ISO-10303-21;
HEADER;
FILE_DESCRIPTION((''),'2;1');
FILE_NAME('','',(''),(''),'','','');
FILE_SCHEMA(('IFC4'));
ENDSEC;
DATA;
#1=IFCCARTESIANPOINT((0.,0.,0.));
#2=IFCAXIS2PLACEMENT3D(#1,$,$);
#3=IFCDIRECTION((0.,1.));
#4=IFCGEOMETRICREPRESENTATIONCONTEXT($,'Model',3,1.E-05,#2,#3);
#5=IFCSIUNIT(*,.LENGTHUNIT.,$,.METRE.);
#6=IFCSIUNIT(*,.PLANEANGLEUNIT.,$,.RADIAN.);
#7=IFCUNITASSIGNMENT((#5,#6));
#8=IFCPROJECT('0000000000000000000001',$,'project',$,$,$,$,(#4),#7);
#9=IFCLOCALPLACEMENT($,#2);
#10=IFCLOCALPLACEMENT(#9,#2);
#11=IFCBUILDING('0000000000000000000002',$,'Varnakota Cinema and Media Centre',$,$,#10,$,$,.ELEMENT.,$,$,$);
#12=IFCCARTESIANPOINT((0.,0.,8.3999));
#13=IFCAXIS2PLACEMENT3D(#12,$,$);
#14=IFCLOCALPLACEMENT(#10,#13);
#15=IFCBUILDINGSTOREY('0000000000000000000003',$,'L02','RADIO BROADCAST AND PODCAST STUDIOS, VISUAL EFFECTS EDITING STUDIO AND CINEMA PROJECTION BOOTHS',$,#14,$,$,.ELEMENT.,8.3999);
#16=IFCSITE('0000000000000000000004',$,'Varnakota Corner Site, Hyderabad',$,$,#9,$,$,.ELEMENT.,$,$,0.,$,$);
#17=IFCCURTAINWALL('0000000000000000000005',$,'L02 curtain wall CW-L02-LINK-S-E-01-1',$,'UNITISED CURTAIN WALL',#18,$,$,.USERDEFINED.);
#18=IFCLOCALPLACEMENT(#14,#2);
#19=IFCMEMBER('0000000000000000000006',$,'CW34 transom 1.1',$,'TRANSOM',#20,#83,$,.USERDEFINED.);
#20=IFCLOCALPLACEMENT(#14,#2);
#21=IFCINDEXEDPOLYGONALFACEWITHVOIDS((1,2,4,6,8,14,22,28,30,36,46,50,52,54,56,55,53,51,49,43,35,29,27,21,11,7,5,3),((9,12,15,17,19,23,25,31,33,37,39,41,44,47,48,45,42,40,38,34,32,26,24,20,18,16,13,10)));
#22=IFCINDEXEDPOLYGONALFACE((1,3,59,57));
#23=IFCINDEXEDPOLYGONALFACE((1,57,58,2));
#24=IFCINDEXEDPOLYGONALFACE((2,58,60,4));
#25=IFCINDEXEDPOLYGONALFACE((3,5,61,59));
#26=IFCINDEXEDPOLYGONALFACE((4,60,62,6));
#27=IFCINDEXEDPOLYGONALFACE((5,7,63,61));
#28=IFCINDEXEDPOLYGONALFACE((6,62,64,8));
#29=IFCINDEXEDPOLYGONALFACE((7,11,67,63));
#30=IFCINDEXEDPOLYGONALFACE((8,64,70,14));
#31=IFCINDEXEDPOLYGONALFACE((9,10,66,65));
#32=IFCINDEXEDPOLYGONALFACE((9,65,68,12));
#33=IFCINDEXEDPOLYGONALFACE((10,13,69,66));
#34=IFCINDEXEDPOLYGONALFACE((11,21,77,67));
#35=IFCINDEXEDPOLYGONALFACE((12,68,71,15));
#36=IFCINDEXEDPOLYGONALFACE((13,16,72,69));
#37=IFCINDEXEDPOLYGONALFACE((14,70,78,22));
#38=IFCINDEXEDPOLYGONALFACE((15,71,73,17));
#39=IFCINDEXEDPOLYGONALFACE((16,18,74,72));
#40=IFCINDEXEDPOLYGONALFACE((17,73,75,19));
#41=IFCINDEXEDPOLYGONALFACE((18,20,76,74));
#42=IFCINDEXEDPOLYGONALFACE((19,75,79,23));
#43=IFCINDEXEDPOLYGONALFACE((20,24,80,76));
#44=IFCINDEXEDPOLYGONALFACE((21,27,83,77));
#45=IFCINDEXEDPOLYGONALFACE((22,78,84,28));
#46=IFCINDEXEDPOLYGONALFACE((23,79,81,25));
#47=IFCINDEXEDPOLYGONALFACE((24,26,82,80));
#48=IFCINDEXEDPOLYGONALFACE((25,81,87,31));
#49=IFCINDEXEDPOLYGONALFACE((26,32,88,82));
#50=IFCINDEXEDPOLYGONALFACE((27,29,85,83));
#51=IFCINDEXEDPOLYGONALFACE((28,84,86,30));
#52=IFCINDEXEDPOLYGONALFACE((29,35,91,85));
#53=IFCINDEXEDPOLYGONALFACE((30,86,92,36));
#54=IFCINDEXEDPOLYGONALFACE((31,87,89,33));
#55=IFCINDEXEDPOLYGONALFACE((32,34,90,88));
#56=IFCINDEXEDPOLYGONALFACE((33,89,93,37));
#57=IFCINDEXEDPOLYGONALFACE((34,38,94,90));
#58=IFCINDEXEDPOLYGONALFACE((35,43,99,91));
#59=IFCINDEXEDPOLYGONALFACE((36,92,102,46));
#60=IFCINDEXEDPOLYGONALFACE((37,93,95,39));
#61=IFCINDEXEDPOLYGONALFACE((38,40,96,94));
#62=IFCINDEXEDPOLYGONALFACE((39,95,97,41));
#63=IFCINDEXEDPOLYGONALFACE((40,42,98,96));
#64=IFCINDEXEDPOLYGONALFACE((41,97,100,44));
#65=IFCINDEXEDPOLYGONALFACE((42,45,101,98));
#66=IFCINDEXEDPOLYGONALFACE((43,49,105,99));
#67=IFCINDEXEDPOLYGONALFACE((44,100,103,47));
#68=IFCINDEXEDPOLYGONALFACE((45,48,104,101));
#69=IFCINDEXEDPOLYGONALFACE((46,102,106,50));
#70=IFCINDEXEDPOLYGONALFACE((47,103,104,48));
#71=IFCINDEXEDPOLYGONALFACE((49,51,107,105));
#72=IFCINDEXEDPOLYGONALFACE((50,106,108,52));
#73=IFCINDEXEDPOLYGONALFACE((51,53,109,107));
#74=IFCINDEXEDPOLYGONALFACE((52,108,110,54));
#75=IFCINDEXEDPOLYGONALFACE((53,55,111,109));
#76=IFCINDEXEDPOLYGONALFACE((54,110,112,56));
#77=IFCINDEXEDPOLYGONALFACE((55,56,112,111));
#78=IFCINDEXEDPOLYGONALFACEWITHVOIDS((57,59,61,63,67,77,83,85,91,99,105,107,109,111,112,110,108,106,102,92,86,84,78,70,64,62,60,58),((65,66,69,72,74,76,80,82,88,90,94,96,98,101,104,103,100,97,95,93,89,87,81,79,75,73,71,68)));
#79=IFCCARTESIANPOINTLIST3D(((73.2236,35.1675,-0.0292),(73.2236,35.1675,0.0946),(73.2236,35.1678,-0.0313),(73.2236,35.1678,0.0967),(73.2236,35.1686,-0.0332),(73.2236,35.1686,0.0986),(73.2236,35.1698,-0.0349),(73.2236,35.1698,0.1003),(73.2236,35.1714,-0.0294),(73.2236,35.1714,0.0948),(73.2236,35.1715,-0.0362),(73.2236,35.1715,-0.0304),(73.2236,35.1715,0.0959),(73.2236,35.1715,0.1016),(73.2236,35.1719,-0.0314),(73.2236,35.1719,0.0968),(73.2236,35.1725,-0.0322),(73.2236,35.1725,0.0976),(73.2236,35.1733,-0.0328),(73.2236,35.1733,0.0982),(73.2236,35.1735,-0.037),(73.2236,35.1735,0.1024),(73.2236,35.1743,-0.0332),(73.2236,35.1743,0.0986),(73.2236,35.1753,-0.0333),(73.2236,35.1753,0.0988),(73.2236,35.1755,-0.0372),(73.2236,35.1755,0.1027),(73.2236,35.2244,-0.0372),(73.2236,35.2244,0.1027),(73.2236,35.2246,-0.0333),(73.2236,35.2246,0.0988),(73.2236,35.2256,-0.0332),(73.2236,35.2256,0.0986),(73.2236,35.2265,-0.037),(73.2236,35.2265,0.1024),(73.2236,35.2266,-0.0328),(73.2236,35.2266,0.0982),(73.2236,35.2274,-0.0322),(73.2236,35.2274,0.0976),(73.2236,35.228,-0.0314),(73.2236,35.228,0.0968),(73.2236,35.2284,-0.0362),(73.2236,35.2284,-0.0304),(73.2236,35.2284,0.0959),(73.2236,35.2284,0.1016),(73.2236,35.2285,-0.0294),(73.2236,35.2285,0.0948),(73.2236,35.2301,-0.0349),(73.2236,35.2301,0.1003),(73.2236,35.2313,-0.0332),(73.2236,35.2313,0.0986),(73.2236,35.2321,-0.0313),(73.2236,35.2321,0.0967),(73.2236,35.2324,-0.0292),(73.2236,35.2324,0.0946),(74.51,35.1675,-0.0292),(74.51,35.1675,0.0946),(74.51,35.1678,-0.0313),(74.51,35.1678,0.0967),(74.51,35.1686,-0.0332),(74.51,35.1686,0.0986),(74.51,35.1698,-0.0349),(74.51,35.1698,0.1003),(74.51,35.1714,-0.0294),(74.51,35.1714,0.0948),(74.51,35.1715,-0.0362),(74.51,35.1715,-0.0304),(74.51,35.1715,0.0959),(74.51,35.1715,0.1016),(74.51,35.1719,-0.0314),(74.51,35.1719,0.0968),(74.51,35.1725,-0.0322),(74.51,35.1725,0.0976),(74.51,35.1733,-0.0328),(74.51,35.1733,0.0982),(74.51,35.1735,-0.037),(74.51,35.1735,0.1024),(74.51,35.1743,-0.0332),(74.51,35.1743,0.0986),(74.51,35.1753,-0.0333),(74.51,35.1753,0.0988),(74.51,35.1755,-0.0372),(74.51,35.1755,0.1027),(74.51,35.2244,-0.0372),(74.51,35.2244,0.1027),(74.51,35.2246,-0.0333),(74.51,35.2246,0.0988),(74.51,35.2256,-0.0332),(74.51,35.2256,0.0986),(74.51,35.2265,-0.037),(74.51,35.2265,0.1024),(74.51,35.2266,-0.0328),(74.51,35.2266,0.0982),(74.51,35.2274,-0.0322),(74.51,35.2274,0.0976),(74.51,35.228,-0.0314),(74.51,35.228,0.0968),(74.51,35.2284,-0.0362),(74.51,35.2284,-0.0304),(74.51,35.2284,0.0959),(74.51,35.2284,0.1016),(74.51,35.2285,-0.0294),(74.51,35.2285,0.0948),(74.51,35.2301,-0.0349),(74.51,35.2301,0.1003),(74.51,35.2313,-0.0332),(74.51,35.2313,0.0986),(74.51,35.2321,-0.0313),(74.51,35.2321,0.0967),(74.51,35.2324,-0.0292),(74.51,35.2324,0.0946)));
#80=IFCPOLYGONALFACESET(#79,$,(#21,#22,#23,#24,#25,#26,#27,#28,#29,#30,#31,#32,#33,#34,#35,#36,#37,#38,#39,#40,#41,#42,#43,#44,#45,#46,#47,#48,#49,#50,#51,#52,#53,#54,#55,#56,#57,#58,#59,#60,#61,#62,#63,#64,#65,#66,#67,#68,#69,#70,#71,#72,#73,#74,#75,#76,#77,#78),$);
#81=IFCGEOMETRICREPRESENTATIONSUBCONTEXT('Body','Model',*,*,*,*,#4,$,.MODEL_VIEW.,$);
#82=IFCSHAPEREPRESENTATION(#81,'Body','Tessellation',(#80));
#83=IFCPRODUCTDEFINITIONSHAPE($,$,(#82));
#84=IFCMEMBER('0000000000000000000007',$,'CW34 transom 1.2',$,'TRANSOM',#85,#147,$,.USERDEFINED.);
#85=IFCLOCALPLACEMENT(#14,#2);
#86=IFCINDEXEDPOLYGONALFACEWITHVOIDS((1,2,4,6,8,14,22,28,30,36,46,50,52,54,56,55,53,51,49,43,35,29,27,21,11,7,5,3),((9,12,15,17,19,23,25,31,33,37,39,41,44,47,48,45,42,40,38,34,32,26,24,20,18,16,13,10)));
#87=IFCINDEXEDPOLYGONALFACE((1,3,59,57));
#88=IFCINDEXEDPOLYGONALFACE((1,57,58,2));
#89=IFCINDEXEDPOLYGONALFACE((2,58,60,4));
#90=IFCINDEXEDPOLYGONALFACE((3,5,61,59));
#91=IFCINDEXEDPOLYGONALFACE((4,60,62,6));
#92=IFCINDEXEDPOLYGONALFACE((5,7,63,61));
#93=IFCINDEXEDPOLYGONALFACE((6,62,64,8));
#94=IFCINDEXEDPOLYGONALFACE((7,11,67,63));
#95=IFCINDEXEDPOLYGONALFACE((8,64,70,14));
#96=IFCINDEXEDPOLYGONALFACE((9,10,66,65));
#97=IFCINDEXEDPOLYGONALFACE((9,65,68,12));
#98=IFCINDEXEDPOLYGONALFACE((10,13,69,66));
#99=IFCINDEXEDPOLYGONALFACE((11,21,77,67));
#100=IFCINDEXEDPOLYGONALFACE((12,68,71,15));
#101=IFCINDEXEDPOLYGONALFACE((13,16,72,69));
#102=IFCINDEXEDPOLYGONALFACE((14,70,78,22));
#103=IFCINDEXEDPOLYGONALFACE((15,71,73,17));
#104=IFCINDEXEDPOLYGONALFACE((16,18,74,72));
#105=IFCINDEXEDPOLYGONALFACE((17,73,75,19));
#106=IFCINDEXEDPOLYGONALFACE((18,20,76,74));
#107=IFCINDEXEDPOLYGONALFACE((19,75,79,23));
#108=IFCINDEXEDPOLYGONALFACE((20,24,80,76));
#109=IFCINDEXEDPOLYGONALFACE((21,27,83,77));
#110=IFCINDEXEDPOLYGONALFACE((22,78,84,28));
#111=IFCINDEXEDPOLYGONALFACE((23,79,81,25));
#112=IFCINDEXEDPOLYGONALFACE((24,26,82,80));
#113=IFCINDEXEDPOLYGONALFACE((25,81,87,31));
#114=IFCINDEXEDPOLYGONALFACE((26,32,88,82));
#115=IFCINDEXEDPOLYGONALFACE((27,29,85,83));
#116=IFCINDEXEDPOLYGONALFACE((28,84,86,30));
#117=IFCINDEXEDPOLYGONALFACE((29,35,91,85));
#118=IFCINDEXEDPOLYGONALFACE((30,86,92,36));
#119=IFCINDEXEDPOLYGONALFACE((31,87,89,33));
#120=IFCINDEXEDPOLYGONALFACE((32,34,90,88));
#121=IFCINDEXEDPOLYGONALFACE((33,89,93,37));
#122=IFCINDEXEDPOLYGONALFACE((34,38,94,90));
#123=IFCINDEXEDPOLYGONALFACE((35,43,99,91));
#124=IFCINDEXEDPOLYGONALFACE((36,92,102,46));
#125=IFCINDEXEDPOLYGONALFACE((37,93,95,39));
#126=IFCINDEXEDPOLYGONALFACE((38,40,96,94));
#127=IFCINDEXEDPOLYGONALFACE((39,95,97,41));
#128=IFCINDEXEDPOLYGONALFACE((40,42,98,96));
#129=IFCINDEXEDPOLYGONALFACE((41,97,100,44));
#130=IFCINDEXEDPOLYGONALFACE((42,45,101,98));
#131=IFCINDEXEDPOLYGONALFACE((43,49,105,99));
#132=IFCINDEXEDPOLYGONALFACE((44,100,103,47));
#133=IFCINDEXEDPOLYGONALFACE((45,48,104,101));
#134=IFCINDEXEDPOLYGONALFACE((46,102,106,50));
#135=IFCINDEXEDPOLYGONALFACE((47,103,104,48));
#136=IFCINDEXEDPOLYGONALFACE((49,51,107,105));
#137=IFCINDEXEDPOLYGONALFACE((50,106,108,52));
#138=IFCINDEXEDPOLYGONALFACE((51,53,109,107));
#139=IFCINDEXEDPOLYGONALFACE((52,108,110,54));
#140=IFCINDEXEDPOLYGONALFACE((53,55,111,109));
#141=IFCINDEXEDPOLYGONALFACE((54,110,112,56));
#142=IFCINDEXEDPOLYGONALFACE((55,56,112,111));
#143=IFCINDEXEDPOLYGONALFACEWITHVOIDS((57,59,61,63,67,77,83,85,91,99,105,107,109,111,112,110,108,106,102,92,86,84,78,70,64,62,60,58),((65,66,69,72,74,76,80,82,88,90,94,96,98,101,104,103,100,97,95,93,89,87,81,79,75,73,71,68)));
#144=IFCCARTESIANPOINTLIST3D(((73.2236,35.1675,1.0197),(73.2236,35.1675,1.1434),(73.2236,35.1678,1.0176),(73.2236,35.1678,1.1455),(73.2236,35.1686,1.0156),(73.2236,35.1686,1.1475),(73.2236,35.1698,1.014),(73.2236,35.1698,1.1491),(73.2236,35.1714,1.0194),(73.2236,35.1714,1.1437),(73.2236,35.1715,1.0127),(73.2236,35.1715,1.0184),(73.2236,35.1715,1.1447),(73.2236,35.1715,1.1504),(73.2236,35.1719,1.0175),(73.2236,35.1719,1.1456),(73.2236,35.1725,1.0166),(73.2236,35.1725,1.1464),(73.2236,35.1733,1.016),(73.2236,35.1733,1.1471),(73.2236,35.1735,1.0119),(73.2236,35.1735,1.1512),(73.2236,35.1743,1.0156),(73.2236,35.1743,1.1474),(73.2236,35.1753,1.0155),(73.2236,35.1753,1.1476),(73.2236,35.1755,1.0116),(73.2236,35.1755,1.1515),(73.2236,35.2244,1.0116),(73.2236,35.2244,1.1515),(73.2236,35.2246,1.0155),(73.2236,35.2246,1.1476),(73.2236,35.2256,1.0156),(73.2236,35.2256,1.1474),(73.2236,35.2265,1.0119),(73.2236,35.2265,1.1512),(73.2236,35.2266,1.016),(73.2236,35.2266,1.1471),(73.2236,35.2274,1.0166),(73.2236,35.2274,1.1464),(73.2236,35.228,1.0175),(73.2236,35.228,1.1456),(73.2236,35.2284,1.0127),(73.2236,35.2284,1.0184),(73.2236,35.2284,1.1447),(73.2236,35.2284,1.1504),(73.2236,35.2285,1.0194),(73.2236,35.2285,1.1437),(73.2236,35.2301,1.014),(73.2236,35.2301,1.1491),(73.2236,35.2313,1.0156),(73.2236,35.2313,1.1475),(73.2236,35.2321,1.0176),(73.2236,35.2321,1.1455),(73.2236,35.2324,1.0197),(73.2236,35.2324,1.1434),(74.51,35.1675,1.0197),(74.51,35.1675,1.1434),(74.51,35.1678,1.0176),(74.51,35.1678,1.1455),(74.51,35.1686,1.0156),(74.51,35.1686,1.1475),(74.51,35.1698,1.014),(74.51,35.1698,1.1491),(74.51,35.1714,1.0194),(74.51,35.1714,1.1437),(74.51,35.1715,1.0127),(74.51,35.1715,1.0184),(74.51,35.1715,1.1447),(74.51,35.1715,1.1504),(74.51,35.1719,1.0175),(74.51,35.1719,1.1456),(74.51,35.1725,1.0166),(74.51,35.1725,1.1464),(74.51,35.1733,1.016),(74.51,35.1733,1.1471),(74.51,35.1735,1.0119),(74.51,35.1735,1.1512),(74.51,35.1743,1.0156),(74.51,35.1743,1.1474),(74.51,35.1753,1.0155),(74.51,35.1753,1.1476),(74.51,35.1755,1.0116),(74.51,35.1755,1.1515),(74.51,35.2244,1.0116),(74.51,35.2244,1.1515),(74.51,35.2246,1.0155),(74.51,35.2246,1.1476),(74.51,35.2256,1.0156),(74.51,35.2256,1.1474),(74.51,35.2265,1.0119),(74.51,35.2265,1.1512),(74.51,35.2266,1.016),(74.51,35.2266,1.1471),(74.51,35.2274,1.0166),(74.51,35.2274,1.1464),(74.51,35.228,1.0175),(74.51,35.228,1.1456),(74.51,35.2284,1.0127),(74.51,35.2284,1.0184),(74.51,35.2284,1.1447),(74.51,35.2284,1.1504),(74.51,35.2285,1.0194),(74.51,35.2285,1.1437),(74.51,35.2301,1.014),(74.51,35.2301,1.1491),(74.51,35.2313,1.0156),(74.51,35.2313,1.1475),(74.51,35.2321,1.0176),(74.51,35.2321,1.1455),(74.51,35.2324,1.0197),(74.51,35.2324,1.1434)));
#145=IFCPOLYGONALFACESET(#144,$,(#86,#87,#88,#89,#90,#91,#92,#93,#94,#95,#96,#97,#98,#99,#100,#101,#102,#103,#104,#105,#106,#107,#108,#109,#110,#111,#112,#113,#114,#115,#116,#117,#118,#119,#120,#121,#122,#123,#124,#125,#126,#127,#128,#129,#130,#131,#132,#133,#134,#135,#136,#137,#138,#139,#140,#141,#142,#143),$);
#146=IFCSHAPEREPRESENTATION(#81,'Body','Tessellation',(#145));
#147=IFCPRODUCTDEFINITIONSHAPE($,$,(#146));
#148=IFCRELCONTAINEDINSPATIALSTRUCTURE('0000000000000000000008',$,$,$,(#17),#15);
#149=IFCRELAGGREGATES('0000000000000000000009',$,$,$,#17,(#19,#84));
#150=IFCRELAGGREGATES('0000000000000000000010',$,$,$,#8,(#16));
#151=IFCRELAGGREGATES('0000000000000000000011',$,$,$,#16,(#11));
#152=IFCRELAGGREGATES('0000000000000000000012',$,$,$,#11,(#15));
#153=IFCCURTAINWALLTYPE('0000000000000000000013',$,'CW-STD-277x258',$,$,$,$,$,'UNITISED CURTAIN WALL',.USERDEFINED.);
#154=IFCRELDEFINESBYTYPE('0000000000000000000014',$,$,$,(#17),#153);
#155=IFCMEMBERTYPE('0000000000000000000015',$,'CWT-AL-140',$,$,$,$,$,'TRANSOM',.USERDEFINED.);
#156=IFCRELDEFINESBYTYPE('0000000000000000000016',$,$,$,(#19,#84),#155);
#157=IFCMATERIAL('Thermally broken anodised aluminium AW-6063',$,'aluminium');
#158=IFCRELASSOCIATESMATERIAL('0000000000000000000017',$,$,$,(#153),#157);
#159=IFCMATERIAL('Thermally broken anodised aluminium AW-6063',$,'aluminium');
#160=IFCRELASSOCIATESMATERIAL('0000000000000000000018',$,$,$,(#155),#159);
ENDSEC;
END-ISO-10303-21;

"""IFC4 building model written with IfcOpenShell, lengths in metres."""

from ifc_helpers import new_model, si_unit, direction, frame, origin, origin_2d, place, context, subcontext, project, spatial, hollow_rectangle, extrude, material, material_profile, profile_set, type_object, element, aggregate, save


model = new_model("IFC4")

# Units and contexts
model_context = context("Model", 3, precision=1e-05, world=origin(), true_north=direction((0.0, 1.0)))
body_context = subcontext(model_context, "Body", "Model", "MODEL_VIEW")
ifc_project = project(units=[si_unit("LENGTHUNIT", "METRE"), si_unit("PLANEANGLEUNIT", "RADIAN")], contexts=[model_context])

# Site, building, storey
site_placement = place(None, origin())
site = spatial("IfcSite", under=ifc_project, at=site_placement, Name="Varnakota Corner Site, Hyderabad", CompositionType="ELEMENT", RefElevation=0.0)
building_placement = place(site_placement, origin())
building = spatial("IfcBuilding", under=site, at=building_placement, Name="Varnakota Cinema and Media Centre", CompositionType="ELEMENT")
storey_placement = place(building_placement, frame((0.0, 0.0, 8.3999)))
storey = spatial("IfcBuildingStorey", under=building, at=storey_placement, Name="L02", Description="RADIO BROADCAST AND PODCAST STUDIOS, VISUAL EFFECTS EDITING STUDIO AND CINEMA PROJECTION BOOTHS", CompositionType="ELEMENT", Elevation=8.3999)

# Curtain wall
ifc_material_1 = material(Name="Thermally broken anodised aluminium AW-6063", Category="aluminium")
curtain_wall_type = type_object("IfcCurtainWallType", Name="CW-STD-277x258", ElementType="UNITISED CURTAIN WALL", PredefinedType="USERDEFINED", material=ifc_material_1)
curtain_wall_1_placement = place(storey_placement, origin())
curtain_wall_1 = element("IfcCurtainWall", 1, at=curtain_wall_1_placement, inside=storey, type_object=curtain_wall_type, Name="L02 curtain wall CW-L02-LINK-S-E-01-1", ObjectType="UNITISED CURTAIN WALL", PredefinedType="USERDEFINED")

# Members
ifc_material_2 = material(Name="Thermally broken anodised aluminium AW-6063", Category="aluminium")
ifc_material_profile_1 = material_profile(ifc_material_2, hollow_rectangle(XDim=0.0649, YDim=0.1399, WallThickness=0.0039, InnerFilletRadius=0.0039, OuterFilletRadius=0.0081, at=origin_2d()), Name="AL-TRANSOM 140x65x4")
ifc_profile_set_1 = profile_set([ifc_material_profile_1], Name="Thermally broken anodised aluminium AW-6063")
member_type_1 = type_object("IfcMemberType", Name="CWT-AL-140", ElementType="TRANSOM", PredefinedType="USERDEFINED", material=ifc_profile_set_1)
member_1_placement = place(storey_placement, frame((74.51, 35.2, 0.0327), z_axis=(-1.0, 0.0, 0.0), x_axis=(0.0, -1.0, 0.0)))
member_1 = element("IfcMember", 2, at=member_1_placement, type_object=member_type_1, Name="CW34 transom 1.1", ObjectType="TRANSOM", PredefinedType="USERDEFINED", context=body_context, shape_type="SweptSolid", body=[
    extrude(hollow_rectangle(XDim=0.0649, YDim=0.1399, WallThickness=0.0039, InnerFilletRadius=0.0039, OuterFilletRadius=0.0081, at=origin_2d()), origin(), (0.0, 0.0, 1.0), 1.2864),
])
member_2_placement = place(storey_placement, frame((74.51, 35.2, 1.0815), z_axis=(-1.0, 0.0, 0.0), x_axis=(0.0, -1.0, 0.0)))
member_2 = element("IfcMember", 3, at=member_2_placement, type_object=member_type_1, Name="CW34 transom 1.2", ObjectType="TRANSOM", PredefinedType="USERDEFINED", context=body_context, shape_type="SweptSolid", body=[
    extrude(hollow_rectangle(XDim=0.0649, YDim=0.1399, WallThickness=0.0039, InnerFilletRadius=0.0039, OuterFilletRadius=0.0081, at=origin_2d()), origin(), (0.0, 0.0, 1.0), 1.2864),
])

aggregate(curtain_wall_1, [member_1, member_2])

save(model, "model.ifc")
